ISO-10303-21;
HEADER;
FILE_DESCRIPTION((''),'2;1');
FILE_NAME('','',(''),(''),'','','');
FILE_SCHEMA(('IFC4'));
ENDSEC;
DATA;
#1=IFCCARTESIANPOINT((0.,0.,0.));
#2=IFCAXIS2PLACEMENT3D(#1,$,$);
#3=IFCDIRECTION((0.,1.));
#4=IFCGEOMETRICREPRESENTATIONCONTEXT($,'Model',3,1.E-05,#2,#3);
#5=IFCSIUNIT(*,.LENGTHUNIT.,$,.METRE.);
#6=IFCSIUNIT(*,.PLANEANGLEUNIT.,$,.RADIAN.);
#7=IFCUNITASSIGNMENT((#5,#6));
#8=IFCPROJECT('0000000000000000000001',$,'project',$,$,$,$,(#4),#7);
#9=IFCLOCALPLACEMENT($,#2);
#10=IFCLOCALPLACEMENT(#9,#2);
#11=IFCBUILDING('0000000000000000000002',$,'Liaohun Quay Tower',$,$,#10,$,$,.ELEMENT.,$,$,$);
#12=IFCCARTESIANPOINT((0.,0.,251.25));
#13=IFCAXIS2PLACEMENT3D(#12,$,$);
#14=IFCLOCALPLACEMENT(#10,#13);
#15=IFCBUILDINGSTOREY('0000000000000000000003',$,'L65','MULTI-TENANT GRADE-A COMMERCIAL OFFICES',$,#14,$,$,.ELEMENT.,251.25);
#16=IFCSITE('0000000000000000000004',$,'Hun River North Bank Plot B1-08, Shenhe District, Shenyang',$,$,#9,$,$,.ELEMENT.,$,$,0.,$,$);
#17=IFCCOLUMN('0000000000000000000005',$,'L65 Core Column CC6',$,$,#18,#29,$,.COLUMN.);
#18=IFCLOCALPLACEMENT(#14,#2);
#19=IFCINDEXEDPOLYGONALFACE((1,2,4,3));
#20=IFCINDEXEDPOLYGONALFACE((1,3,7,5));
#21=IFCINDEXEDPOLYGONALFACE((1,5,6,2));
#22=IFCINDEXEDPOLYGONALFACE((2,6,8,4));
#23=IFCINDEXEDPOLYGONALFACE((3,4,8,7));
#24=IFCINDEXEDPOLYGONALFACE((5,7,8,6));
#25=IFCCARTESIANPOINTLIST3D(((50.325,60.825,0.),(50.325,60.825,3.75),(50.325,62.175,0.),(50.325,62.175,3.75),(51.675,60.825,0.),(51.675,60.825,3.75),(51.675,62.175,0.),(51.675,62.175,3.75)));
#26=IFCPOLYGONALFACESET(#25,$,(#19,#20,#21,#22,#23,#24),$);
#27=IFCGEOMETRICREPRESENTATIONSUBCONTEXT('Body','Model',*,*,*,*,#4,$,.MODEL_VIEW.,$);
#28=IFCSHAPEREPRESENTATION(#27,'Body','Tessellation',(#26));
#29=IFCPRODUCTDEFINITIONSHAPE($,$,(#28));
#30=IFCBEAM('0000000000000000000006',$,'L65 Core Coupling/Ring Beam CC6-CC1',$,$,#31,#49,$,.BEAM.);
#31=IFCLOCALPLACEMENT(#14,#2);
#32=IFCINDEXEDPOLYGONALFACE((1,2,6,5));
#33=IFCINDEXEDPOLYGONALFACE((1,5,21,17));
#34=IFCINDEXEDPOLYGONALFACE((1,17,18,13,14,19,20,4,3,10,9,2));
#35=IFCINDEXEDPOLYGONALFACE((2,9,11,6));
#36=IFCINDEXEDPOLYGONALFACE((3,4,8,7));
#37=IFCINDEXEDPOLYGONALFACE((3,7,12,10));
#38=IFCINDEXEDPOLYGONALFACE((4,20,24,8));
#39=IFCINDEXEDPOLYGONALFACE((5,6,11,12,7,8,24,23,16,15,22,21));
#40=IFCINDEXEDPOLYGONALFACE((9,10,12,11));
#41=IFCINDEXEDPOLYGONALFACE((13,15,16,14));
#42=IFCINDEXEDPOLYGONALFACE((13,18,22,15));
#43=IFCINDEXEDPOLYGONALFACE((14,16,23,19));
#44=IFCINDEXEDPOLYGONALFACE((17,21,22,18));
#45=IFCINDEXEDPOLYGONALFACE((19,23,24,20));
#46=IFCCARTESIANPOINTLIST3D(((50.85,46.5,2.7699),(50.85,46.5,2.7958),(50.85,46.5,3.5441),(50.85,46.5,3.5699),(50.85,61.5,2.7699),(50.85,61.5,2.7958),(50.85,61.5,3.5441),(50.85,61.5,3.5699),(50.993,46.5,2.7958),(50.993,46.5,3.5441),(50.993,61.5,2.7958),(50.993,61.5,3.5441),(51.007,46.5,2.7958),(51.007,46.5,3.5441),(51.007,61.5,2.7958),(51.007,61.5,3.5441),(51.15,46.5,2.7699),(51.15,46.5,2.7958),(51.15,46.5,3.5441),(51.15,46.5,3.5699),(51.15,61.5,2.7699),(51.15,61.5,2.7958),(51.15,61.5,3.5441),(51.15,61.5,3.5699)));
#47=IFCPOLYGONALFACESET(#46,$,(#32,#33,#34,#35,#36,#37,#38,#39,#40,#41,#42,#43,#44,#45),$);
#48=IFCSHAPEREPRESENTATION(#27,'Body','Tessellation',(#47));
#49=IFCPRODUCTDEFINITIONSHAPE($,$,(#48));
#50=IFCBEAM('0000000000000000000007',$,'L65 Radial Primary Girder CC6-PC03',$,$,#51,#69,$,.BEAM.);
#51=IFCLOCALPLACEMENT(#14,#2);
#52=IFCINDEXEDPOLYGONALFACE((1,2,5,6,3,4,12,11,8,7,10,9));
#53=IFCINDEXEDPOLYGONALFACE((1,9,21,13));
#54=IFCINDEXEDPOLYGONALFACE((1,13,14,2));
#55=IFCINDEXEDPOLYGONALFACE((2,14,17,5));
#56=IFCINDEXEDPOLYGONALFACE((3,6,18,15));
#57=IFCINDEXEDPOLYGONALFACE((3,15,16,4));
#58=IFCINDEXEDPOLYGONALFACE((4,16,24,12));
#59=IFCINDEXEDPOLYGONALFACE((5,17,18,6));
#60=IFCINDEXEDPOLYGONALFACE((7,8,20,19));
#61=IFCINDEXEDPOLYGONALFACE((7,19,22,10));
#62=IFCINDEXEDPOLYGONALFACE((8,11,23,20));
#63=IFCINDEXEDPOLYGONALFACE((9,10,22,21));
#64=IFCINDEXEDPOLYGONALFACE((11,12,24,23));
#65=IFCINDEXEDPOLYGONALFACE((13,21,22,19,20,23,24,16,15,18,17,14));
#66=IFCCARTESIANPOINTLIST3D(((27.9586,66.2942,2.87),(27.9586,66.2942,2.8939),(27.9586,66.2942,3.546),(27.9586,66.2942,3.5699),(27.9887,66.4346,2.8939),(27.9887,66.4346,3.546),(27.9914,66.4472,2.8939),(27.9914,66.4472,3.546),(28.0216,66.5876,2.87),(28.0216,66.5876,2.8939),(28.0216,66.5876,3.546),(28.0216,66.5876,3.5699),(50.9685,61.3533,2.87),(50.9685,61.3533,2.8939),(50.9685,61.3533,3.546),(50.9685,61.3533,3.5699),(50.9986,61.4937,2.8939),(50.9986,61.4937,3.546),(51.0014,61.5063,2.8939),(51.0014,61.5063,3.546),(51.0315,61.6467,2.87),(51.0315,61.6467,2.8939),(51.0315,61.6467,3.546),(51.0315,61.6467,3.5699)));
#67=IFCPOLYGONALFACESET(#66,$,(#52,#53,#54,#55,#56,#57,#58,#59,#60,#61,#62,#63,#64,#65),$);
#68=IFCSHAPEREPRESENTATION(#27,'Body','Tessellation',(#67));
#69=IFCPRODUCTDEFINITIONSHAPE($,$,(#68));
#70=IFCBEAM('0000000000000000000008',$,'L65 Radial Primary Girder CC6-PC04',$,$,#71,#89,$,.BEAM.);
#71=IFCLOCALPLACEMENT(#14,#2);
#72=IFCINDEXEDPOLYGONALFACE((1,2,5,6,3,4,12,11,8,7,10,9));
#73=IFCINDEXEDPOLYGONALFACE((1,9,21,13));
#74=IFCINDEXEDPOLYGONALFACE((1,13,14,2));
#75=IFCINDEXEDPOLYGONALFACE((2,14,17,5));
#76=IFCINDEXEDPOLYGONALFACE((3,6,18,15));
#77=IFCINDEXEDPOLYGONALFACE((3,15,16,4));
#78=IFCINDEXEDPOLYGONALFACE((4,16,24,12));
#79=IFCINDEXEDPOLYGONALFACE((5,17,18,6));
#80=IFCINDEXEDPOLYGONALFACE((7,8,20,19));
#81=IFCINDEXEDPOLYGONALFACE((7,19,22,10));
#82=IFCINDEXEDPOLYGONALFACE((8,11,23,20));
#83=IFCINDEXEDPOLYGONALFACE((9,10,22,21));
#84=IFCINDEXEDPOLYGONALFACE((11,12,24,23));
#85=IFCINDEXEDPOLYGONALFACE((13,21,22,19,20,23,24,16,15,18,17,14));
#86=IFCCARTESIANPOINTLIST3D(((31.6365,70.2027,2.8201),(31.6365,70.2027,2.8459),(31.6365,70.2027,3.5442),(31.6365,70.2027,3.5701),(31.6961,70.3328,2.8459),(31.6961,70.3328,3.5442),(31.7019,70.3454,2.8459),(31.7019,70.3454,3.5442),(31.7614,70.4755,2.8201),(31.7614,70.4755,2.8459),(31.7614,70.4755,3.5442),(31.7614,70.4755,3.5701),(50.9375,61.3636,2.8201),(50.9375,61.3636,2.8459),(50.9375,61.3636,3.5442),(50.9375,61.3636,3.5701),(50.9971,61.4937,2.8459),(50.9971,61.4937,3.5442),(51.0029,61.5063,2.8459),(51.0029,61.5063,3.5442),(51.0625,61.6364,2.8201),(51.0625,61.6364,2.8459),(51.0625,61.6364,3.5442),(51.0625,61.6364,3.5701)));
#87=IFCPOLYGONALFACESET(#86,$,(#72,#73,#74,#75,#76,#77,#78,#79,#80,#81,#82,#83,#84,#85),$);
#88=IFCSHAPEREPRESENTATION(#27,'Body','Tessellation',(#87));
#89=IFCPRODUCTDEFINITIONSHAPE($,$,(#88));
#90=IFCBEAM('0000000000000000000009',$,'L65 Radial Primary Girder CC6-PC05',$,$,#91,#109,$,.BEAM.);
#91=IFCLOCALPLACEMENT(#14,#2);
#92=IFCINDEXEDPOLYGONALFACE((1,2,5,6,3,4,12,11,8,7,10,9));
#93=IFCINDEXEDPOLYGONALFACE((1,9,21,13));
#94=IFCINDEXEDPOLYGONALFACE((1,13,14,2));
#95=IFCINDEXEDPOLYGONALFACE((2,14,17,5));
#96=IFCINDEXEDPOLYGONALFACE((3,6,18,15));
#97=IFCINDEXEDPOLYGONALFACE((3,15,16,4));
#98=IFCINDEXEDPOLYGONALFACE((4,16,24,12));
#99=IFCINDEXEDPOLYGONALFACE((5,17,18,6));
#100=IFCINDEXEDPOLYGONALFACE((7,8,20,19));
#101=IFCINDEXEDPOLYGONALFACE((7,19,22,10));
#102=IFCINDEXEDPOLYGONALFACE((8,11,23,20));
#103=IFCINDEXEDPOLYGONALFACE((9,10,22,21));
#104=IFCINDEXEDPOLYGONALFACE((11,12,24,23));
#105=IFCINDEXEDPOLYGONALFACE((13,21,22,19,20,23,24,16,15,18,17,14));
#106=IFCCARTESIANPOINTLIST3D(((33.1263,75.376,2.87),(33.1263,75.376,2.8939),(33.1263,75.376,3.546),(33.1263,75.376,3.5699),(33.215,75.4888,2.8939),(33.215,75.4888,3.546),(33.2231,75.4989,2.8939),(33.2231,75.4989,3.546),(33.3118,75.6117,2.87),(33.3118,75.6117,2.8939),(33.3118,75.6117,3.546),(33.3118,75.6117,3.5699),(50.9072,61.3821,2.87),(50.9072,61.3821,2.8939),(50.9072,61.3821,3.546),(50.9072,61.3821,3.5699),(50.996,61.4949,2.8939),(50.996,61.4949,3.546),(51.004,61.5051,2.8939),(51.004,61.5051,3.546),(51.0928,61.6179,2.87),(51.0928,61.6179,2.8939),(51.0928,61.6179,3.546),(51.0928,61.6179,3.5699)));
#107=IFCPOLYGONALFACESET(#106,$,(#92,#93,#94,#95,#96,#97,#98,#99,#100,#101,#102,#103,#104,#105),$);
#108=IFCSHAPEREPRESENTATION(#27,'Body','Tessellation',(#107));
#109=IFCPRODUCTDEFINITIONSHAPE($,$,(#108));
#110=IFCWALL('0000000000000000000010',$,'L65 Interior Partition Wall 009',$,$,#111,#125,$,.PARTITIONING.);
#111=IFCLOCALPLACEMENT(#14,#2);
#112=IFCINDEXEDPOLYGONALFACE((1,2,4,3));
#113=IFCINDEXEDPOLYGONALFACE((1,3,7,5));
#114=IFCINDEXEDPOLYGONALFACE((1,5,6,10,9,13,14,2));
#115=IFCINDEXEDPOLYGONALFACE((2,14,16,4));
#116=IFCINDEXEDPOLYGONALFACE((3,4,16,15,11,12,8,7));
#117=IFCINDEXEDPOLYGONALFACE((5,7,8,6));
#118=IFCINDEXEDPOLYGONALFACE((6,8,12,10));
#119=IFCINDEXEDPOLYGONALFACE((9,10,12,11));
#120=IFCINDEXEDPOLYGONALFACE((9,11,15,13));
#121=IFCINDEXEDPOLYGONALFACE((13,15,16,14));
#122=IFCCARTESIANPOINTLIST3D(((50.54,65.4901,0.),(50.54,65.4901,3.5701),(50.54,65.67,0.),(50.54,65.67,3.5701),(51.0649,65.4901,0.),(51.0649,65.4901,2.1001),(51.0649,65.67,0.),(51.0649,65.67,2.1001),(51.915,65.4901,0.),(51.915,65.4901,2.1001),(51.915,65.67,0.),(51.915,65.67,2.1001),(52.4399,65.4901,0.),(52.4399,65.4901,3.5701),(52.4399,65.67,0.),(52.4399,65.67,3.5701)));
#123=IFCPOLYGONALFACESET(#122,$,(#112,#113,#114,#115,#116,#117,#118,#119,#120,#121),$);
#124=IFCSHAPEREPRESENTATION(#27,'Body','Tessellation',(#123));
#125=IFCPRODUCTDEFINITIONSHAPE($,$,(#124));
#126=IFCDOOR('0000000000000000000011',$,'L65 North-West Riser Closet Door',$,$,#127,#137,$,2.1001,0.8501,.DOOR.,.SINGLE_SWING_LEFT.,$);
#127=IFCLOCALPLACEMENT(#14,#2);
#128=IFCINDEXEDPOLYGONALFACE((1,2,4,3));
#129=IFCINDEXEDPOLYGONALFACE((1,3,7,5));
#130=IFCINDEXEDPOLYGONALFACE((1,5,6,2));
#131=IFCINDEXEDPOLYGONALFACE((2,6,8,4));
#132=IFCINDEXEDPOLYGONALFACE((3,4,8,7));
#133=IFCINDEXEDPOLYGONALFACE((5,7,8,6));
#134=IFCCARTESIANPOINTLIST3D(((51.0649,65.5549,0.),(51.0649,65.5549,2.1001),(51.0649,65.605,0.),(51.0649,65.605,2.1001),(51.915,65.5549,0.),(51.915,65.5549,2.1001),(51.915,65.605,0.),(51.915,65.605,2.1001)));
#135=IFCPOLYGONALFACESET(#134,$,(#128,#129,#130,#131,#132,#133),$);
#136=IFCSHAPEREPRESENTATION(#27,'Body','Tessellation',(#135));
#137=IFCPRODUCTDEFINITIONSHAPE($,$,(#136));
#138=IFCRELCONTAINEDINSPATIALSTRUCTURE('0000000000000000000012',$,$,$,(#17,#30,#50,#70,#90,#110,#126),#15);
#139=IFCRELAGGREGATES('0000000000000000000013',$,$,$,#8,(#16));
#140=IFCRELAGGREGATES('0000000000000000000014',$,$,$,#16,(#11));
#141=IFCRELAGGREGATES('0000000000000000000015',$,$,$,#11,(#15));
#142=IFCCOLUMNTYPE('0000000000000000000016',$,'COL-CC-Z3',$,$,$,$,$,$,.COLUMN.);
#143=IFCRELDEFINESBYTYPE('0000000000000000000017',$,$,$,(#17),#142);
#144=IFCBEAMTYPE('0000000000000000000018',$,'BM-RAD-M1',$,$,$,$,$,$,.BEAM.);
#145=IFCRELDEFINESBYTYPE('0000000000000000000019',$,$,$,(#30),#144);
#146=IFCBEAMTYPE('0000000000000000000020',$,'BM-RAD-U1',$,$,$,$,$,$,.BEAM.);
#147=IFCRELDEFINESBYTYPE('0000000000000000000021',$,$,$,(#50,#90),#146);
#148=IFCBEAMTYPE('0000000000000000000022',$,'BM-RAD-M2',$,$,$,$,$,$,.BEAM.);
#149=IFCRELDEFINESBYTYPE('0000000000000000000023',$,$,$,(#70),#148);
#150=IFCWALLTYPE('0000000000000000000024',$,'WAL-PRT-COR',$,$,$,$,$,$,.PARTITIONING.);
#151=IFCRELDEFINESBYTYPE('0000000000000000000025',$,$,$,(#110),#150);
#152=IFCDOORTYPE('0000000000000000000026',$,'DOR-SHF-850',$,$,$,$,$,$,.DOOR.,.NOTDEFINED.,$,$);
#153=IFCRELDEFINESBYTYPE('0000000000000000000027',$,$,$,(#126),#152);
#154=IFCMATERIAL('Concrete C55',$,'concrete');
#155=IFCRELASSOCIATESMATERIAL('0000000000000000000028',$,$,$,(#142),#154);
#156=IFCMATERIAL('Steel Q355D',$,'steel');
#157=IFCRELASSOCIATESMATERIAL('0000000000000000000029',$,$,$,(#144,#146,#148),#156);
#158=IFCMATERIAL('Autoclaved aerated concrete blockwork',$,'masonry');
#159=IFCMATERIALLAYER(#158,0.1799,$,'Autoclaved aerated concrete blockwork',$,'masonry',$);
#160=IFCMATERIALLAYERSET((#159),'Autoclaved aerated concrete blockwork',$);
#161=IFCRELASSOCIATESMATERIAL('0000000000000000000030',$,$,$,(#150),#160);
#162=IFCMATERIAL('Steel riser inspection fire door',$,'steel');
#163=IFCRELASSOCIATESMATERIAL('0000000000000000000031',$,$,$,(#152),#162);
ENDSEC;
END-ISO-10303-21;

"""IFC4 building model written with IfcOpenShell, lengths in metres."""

from ifc_helpers import new_model, si_unit, direction, frame, frame_2d, origin, origin_2d, place, context, subcontext, project, spatial, rectangle, i_section, extrude, source, transform, mapped, material, layer, layer_set, material_profile, profile_set, type_object, element, fill, save


model = new_model("IFC4")

# Units and contexts
model_context = context("Model", 3, precision=1e-05, world=origin(), true_north=direction((0.0, 1.0)))
body_context = subcontext(model_context, "Body", "Model", "MODEL_VIEW")
ifc_project = project(units=[si_unit("LENGTHUNIT", "METRE"), si_unit("PLANEANGLEUNIT", "RADIAN")], contexts=[model_context])

# Site, building, storey
site_placement = place(None, origin())
site = spatial("IfcSite", under=ifc_project, at=site_placement, Name="Hun River North Bank Plot B1-08, Shenhe District, Shenyang", CompositionType="ELEMENT", RefElevation=0.0)
building_placement = place(site_placement, origin())
building = spatial("IfcBuilding", under=site, at=building_placement, Name="Liaohun Quay Tower", CompositionType="ELEMENT")
storey_placement = place(building_placement, frame((0.0, 0.0, 251.25)))
storey = spatial("IfcBuildingStorey", under=building, at=storey_placement, Name="L65", Description="MULTI-TENANT GRADE-A COMMERCIAL OFFICES", CompositionType="ELEMENT", Elevation=251.25)

# Column
ifc_material_1 = material(Name="Concrete C55", Category="concrete")
ifc_material_profile_1 = material_profile(ifc_material_1, rectangle(XDim=1.3501, YDim=1.3501, at=origin_2d()), Name="RC1350x1350")
ifc_profile_set_1 = profile_set([ifc_material_profile_1], Name="Concrete C55")
column_type = type_object("IfcColumnType", Name="COL-CC-Z3", PredefinedType="COLUMN", material=ifc_profile_set_1)
shared_shape_1 = source(origin(), body_context, "Body", "SweptSolid", [
    extrude(rectangle(XDim=1.3501, YDim=1.3501, at=origin_2d()), origin(), (0.0, 0.0, 1.0), 3.75),
])
column_placement = place(storey_placement, frame((51.0, 61.5, 0.0), z_axis=(0.0, 0.0, 1.0), x_axis=(1.0, 0.0, 0.0)))
element("IfcColumn", 1, at=column_placement, inside=storey, type_object=column_type, Name="L65 Core Column CC6", PredefinedType="COLUMN", context=body_context, shape_type="MappedRepresentation", body=[
    mapped(shared_shape_1, transform((0.0, 0.0, 0.0), x_axis=(1.0, 0.0, 0.0), y_axis=(0.0, 1.0, 0.0), z_axis=(0.0, 0.0, 1.0), scale=1.0)),
])

# Beams
ifc_material_2 = material(Name="Steel Q355D", Category="steel")
ifc_material_profile_2 = material_profile(ifc_material_2, i_section(OverallWidth=0.3, OverallDepth=0.8, WebThickness=0.0139, FlangeThickness=0.0259, at=origin_2d()), Name="HN800x300x14x26")
ifc_profile_set_2 = profile_set([ifc_material_profile_2], Name="Steel Q355D")
beam_type_1 = type_object("IfcBeamType", Name="BM-RAD-M1", PredefinedType="BEAM", material=ifc_profile_set_2)
shared_shape_2 = source(origin(), body_context, "Body", "SweptSolid", [
    extrude(i_section(OverallWidth=0.3, OverallDepth=0.8, WebThickness=0.0139, FlangeThickness=0.0259, at=origin_2d()), origin(), (0.0, 0.0, 1.0), 15.0),
])
beam_1_placement = place(storey_placement, frame((51.0, 61.5, 3.1699), z_axis=(0.0, -1.0, 0.0), x_axis=(1.0, 0.0, 0.0)))
element("IfcBeam", 2, at=beam_1_placement, inside=storey, type_object=beam_type_1, Name="L65 Core Coupling/Ring Beam CC6-CC1", PredefinedType="BEAM", context=body_context, shape_type="MappedRepresentation", body=[
    mapped(shared_shape_2, transform((0.0, 0.0, 0.0), x_axis=(1.0, 0.0, 0.0), y_axis=(0.0, 1.0, 0.0), z_axis=(0.0, 0.0, 1.0), scale=1.0)),
])
ifc_material_profile_3 = material_profile(ifc_material_2, i_section(OverallWidth=0.3, OverallDepth=0.7, WebThickness=0.0129, FlangeThickness=0.0239, at=origin_2d()), Name="HN700x300x13x24")
ifc_profile_set_3 = profile_set([ifc_material_profile_3], Name="Steel Q355D")
beam_type_2 = type_object("IfcBeamType", Name="BM-RAD-U1", PredefinedType="BEAM", material=ifc_profile_set_3)
shared_shape_3 = source(origin(), body_context, "Body", "SweptSolid", [
    extrude(i_section(OverallWidth=0.3, OverallDepth=0.7, WebThickness=0.0129, FlangeThickness=0.0239, at=origin_2d()), origin(), (0.0, 0.0, 1.0), 23.5344),
])
beam_2_placement = place(storey_placement, frame((51.0, 61.5, 3.22), z_axis=(-0.977714, 0.209944, 0.0), x_axis=(-0.209944, -0.977714, 0.0)))
element("IfcBeam", 3, at=beam_2_placement, inside=storey, type_object=beam_type_2, Name="L65 Radial Primary Girder CC6-PC03", PredefinedType="BEAM", context=body_context, shape_type="MappedRepresentation", body=[
    mapped(shared_shape_3, transform((0.0, 0.0, 0.0), x_axis=(1.0, 0.0, 0.0), y_axis=(0.0, 1.0, 0.0), z_axis=(0.0, 0.0, 1.0), scale=1.0)),
])
ifc_material_profile_4 = material_profile(ifc_material_2, i_section(OverallWidth=0.3, OverallDepth=0.75, WebThickness=0.0139, FlangeThickness=0.0259, at=origin_2d()), Name="HN750x300x14x26")
ifc_profile_set_4 = profile_set([ifc_material_profile_4], Name="Steel Q355D")
beam_type_3 = type_object("IfcBeamType", Name="BM-RAD-M2", PredefinedType="BEAM", material=ifc_profile_set_4)
shared_shape_4 = source(origin(), body_context, "Body", "SweptSolid", [
    extrude(i_section(OverallWidth=0.3, OverallDepth=0.75, WebThickness=0.0139, FlangeThickness=0.0259, at=origin_2d()), origin(), (0.0, 0.0, 1.0), 21.2288),
])
beam_3_placement = place(storey_placement, frame((51.0, 61.5, 3.1951), z_axis=(-0.909193, 0.416375, 0.0), x_axis=(-0.416375, -0.909193, 0.0)))
element("IfcBeam", 4, at=beam_3_placement, inside=storey, type_object=beam_type_3, Name="L65 Radial Primary Girder CC6-PC04", PredefinedType="BEAM", context=body_context, shape_type="MappedRepresentation", body=[
    mapped(shared_shape_4, transform((0.0, 0.0, 0.0), x_axis=(1.0, 0.0, 0.0), y_axis=(0.0, 1.0, 0.0), z_axis=(0.0, 0.0, 1.0), scale=1.0)),
])
shared_shape_5 = source(origin(), body_context, "Body", "SweptSolid", [
    extrude(i_section(OverallWidth=0.3, OverallDepth=0.7, WebThickness=0.0129, FlangeThickness=0.0239, at=origin_2d()), origin(), (0.0, 0.0, 1.0), 22.6272),
])
beam_4_placement = place(storey_placement, frame((51.0, 61.5, 3.22), z_axis=(-0.785822, 0.618453, 0.0), x_axis=(-0.618453, -0.785822, 0.0)))
element("IfcBeam", 5, at=beam_4_placement, inside=storey, type_object=beam_type_2, Name="L65 Radial Primary Girder CC6-PC05", PredefinedType="BEAM", context=body_context, shape_type="MappedRepresentation", body=[
    mapped(shared_shape_5, transform((0.0, 0.0, 0.0), x_axis=(1.0, 0.0, 0.0), y_axis=(0.0, 1.0, 0.0), z_axis=(0.0, 0.0, 1.0), scale=1.0)),
])

# Wall, opening, door
ifc_material_3 = material(Name="Autoclaved aerated concrete blockwork", Category="masonry")
ifc_layer_1 = layer(ifc_material_3, 0.1799, Name="Autoclaved aerated concrete blockwork", Category="masonry")
ifc_layer_set_1 = layer_set([ifc_layer_1], Name="Autoclaved aerated concrete blockwork")
wall_type_1 = type_object("IfcWallType", Name="WAL-PRT-COR", PredefinedType="PARTITIONING", material=ifc_layer_set_1)
wall_1_placement = place(storey_placement, frame((50.54, 65.5801, 0.0), z_axis=(0.0, 0.0, 1.0), x_axis=(1.0, 0.0, 0.0)))
wall_1 = element("IfcWall", 6, at=wall_1_placement, inside=storey, type_object=wall_type_1, Name="L65 Interior Partition Wall 009", PredefinedType="PARTITIONING", context=body_context, shape_type="SweptSolid", body=[
    extrude(rectangle(XDim=1.8999, YDim=0.1799, at=frame_2d((0.95, 0.0))), origin(), (0.0, 0.0, 1.0), 3.5701),
])
shared_shape_6 = source(origin(), body_context, "Body", "SweptSolid", [
    extrude(rectangle(XDim=0.8501, YDim=2.1001, at=frame_2d((0.425, 1.05))), frame((0.0, 0.0999, 0.0), z_axis=(0.0, -1.0, 0.0), x_axis=(1.0, 0.0, 0.0)), (0.0, 0.0, 1.0), 0.2),
])
opening_1_placement = place(wall_1_placement, frame((0.5249, 0.0, 0.0)))
opening_1 = element("IfcOpeningElement", 7, at=opening_1_placement, cuts=wall_1, PredefinedType="OPENING", context=body_context, shape_type="MappedRepresentation", body=[
    mapped(shared_shape_6, transform((0.0, 0.0, 0.0), x_axis=(1.0, 0.0, 0.0), y_axis=(0.0, 1.0, 0.0), z_axis=(0.0, 0.0, 1.0), scale=1.0)),
])
ifc_material_4 = material(Name="Steel riser inspection fire door", Category="steel")
door_type_1 = type_object("IfcDoorType", Name="DOR-SHF-850", OperationType="NOTDEFINED", PredefinedType="DOOR", material=ifc_material_4)
shared_shape_7 = source(origin(), body_context, "Body", "SweptSolid", [
    extrude(rectangle(XDim=0.8501, YDim=2.1001, at=frame_2d((0.425, 1.05))), frame((0.0, 0.0249, 0.0), z_axis=(0.0, -1.0, 0.0), x_axis=(1.0, 0.0, 0.0)), (0.0, 0.0, 1.0), 0.05),
])
door_1_placement = place(opening_1_placement, origin())
door_1 = element("IfcDoor", 8, at=door_1_placement, inside=storey, type_object=door_type_1, Name="L65 North-West Riser Closet Door", OperationType="SINGLE_SWING_LEFT", OverallHeight=2.1001, OverallWidth=0.8501, PredefinedType="DOOR", context=body_context, shape_type="MappedRepresentation", body=[
    mapped(shared_shape_7, transform((0.0, 0.0, 0.0), x_axis=(1.0, 0.0, 0.0), y_axis=(0.0, 1.0, 0.0), z_axis=(0.0, 0.0, 1.0), scale=1.0)),
])
fill(opening_1, door_1)

save(model, "model.ifc")
